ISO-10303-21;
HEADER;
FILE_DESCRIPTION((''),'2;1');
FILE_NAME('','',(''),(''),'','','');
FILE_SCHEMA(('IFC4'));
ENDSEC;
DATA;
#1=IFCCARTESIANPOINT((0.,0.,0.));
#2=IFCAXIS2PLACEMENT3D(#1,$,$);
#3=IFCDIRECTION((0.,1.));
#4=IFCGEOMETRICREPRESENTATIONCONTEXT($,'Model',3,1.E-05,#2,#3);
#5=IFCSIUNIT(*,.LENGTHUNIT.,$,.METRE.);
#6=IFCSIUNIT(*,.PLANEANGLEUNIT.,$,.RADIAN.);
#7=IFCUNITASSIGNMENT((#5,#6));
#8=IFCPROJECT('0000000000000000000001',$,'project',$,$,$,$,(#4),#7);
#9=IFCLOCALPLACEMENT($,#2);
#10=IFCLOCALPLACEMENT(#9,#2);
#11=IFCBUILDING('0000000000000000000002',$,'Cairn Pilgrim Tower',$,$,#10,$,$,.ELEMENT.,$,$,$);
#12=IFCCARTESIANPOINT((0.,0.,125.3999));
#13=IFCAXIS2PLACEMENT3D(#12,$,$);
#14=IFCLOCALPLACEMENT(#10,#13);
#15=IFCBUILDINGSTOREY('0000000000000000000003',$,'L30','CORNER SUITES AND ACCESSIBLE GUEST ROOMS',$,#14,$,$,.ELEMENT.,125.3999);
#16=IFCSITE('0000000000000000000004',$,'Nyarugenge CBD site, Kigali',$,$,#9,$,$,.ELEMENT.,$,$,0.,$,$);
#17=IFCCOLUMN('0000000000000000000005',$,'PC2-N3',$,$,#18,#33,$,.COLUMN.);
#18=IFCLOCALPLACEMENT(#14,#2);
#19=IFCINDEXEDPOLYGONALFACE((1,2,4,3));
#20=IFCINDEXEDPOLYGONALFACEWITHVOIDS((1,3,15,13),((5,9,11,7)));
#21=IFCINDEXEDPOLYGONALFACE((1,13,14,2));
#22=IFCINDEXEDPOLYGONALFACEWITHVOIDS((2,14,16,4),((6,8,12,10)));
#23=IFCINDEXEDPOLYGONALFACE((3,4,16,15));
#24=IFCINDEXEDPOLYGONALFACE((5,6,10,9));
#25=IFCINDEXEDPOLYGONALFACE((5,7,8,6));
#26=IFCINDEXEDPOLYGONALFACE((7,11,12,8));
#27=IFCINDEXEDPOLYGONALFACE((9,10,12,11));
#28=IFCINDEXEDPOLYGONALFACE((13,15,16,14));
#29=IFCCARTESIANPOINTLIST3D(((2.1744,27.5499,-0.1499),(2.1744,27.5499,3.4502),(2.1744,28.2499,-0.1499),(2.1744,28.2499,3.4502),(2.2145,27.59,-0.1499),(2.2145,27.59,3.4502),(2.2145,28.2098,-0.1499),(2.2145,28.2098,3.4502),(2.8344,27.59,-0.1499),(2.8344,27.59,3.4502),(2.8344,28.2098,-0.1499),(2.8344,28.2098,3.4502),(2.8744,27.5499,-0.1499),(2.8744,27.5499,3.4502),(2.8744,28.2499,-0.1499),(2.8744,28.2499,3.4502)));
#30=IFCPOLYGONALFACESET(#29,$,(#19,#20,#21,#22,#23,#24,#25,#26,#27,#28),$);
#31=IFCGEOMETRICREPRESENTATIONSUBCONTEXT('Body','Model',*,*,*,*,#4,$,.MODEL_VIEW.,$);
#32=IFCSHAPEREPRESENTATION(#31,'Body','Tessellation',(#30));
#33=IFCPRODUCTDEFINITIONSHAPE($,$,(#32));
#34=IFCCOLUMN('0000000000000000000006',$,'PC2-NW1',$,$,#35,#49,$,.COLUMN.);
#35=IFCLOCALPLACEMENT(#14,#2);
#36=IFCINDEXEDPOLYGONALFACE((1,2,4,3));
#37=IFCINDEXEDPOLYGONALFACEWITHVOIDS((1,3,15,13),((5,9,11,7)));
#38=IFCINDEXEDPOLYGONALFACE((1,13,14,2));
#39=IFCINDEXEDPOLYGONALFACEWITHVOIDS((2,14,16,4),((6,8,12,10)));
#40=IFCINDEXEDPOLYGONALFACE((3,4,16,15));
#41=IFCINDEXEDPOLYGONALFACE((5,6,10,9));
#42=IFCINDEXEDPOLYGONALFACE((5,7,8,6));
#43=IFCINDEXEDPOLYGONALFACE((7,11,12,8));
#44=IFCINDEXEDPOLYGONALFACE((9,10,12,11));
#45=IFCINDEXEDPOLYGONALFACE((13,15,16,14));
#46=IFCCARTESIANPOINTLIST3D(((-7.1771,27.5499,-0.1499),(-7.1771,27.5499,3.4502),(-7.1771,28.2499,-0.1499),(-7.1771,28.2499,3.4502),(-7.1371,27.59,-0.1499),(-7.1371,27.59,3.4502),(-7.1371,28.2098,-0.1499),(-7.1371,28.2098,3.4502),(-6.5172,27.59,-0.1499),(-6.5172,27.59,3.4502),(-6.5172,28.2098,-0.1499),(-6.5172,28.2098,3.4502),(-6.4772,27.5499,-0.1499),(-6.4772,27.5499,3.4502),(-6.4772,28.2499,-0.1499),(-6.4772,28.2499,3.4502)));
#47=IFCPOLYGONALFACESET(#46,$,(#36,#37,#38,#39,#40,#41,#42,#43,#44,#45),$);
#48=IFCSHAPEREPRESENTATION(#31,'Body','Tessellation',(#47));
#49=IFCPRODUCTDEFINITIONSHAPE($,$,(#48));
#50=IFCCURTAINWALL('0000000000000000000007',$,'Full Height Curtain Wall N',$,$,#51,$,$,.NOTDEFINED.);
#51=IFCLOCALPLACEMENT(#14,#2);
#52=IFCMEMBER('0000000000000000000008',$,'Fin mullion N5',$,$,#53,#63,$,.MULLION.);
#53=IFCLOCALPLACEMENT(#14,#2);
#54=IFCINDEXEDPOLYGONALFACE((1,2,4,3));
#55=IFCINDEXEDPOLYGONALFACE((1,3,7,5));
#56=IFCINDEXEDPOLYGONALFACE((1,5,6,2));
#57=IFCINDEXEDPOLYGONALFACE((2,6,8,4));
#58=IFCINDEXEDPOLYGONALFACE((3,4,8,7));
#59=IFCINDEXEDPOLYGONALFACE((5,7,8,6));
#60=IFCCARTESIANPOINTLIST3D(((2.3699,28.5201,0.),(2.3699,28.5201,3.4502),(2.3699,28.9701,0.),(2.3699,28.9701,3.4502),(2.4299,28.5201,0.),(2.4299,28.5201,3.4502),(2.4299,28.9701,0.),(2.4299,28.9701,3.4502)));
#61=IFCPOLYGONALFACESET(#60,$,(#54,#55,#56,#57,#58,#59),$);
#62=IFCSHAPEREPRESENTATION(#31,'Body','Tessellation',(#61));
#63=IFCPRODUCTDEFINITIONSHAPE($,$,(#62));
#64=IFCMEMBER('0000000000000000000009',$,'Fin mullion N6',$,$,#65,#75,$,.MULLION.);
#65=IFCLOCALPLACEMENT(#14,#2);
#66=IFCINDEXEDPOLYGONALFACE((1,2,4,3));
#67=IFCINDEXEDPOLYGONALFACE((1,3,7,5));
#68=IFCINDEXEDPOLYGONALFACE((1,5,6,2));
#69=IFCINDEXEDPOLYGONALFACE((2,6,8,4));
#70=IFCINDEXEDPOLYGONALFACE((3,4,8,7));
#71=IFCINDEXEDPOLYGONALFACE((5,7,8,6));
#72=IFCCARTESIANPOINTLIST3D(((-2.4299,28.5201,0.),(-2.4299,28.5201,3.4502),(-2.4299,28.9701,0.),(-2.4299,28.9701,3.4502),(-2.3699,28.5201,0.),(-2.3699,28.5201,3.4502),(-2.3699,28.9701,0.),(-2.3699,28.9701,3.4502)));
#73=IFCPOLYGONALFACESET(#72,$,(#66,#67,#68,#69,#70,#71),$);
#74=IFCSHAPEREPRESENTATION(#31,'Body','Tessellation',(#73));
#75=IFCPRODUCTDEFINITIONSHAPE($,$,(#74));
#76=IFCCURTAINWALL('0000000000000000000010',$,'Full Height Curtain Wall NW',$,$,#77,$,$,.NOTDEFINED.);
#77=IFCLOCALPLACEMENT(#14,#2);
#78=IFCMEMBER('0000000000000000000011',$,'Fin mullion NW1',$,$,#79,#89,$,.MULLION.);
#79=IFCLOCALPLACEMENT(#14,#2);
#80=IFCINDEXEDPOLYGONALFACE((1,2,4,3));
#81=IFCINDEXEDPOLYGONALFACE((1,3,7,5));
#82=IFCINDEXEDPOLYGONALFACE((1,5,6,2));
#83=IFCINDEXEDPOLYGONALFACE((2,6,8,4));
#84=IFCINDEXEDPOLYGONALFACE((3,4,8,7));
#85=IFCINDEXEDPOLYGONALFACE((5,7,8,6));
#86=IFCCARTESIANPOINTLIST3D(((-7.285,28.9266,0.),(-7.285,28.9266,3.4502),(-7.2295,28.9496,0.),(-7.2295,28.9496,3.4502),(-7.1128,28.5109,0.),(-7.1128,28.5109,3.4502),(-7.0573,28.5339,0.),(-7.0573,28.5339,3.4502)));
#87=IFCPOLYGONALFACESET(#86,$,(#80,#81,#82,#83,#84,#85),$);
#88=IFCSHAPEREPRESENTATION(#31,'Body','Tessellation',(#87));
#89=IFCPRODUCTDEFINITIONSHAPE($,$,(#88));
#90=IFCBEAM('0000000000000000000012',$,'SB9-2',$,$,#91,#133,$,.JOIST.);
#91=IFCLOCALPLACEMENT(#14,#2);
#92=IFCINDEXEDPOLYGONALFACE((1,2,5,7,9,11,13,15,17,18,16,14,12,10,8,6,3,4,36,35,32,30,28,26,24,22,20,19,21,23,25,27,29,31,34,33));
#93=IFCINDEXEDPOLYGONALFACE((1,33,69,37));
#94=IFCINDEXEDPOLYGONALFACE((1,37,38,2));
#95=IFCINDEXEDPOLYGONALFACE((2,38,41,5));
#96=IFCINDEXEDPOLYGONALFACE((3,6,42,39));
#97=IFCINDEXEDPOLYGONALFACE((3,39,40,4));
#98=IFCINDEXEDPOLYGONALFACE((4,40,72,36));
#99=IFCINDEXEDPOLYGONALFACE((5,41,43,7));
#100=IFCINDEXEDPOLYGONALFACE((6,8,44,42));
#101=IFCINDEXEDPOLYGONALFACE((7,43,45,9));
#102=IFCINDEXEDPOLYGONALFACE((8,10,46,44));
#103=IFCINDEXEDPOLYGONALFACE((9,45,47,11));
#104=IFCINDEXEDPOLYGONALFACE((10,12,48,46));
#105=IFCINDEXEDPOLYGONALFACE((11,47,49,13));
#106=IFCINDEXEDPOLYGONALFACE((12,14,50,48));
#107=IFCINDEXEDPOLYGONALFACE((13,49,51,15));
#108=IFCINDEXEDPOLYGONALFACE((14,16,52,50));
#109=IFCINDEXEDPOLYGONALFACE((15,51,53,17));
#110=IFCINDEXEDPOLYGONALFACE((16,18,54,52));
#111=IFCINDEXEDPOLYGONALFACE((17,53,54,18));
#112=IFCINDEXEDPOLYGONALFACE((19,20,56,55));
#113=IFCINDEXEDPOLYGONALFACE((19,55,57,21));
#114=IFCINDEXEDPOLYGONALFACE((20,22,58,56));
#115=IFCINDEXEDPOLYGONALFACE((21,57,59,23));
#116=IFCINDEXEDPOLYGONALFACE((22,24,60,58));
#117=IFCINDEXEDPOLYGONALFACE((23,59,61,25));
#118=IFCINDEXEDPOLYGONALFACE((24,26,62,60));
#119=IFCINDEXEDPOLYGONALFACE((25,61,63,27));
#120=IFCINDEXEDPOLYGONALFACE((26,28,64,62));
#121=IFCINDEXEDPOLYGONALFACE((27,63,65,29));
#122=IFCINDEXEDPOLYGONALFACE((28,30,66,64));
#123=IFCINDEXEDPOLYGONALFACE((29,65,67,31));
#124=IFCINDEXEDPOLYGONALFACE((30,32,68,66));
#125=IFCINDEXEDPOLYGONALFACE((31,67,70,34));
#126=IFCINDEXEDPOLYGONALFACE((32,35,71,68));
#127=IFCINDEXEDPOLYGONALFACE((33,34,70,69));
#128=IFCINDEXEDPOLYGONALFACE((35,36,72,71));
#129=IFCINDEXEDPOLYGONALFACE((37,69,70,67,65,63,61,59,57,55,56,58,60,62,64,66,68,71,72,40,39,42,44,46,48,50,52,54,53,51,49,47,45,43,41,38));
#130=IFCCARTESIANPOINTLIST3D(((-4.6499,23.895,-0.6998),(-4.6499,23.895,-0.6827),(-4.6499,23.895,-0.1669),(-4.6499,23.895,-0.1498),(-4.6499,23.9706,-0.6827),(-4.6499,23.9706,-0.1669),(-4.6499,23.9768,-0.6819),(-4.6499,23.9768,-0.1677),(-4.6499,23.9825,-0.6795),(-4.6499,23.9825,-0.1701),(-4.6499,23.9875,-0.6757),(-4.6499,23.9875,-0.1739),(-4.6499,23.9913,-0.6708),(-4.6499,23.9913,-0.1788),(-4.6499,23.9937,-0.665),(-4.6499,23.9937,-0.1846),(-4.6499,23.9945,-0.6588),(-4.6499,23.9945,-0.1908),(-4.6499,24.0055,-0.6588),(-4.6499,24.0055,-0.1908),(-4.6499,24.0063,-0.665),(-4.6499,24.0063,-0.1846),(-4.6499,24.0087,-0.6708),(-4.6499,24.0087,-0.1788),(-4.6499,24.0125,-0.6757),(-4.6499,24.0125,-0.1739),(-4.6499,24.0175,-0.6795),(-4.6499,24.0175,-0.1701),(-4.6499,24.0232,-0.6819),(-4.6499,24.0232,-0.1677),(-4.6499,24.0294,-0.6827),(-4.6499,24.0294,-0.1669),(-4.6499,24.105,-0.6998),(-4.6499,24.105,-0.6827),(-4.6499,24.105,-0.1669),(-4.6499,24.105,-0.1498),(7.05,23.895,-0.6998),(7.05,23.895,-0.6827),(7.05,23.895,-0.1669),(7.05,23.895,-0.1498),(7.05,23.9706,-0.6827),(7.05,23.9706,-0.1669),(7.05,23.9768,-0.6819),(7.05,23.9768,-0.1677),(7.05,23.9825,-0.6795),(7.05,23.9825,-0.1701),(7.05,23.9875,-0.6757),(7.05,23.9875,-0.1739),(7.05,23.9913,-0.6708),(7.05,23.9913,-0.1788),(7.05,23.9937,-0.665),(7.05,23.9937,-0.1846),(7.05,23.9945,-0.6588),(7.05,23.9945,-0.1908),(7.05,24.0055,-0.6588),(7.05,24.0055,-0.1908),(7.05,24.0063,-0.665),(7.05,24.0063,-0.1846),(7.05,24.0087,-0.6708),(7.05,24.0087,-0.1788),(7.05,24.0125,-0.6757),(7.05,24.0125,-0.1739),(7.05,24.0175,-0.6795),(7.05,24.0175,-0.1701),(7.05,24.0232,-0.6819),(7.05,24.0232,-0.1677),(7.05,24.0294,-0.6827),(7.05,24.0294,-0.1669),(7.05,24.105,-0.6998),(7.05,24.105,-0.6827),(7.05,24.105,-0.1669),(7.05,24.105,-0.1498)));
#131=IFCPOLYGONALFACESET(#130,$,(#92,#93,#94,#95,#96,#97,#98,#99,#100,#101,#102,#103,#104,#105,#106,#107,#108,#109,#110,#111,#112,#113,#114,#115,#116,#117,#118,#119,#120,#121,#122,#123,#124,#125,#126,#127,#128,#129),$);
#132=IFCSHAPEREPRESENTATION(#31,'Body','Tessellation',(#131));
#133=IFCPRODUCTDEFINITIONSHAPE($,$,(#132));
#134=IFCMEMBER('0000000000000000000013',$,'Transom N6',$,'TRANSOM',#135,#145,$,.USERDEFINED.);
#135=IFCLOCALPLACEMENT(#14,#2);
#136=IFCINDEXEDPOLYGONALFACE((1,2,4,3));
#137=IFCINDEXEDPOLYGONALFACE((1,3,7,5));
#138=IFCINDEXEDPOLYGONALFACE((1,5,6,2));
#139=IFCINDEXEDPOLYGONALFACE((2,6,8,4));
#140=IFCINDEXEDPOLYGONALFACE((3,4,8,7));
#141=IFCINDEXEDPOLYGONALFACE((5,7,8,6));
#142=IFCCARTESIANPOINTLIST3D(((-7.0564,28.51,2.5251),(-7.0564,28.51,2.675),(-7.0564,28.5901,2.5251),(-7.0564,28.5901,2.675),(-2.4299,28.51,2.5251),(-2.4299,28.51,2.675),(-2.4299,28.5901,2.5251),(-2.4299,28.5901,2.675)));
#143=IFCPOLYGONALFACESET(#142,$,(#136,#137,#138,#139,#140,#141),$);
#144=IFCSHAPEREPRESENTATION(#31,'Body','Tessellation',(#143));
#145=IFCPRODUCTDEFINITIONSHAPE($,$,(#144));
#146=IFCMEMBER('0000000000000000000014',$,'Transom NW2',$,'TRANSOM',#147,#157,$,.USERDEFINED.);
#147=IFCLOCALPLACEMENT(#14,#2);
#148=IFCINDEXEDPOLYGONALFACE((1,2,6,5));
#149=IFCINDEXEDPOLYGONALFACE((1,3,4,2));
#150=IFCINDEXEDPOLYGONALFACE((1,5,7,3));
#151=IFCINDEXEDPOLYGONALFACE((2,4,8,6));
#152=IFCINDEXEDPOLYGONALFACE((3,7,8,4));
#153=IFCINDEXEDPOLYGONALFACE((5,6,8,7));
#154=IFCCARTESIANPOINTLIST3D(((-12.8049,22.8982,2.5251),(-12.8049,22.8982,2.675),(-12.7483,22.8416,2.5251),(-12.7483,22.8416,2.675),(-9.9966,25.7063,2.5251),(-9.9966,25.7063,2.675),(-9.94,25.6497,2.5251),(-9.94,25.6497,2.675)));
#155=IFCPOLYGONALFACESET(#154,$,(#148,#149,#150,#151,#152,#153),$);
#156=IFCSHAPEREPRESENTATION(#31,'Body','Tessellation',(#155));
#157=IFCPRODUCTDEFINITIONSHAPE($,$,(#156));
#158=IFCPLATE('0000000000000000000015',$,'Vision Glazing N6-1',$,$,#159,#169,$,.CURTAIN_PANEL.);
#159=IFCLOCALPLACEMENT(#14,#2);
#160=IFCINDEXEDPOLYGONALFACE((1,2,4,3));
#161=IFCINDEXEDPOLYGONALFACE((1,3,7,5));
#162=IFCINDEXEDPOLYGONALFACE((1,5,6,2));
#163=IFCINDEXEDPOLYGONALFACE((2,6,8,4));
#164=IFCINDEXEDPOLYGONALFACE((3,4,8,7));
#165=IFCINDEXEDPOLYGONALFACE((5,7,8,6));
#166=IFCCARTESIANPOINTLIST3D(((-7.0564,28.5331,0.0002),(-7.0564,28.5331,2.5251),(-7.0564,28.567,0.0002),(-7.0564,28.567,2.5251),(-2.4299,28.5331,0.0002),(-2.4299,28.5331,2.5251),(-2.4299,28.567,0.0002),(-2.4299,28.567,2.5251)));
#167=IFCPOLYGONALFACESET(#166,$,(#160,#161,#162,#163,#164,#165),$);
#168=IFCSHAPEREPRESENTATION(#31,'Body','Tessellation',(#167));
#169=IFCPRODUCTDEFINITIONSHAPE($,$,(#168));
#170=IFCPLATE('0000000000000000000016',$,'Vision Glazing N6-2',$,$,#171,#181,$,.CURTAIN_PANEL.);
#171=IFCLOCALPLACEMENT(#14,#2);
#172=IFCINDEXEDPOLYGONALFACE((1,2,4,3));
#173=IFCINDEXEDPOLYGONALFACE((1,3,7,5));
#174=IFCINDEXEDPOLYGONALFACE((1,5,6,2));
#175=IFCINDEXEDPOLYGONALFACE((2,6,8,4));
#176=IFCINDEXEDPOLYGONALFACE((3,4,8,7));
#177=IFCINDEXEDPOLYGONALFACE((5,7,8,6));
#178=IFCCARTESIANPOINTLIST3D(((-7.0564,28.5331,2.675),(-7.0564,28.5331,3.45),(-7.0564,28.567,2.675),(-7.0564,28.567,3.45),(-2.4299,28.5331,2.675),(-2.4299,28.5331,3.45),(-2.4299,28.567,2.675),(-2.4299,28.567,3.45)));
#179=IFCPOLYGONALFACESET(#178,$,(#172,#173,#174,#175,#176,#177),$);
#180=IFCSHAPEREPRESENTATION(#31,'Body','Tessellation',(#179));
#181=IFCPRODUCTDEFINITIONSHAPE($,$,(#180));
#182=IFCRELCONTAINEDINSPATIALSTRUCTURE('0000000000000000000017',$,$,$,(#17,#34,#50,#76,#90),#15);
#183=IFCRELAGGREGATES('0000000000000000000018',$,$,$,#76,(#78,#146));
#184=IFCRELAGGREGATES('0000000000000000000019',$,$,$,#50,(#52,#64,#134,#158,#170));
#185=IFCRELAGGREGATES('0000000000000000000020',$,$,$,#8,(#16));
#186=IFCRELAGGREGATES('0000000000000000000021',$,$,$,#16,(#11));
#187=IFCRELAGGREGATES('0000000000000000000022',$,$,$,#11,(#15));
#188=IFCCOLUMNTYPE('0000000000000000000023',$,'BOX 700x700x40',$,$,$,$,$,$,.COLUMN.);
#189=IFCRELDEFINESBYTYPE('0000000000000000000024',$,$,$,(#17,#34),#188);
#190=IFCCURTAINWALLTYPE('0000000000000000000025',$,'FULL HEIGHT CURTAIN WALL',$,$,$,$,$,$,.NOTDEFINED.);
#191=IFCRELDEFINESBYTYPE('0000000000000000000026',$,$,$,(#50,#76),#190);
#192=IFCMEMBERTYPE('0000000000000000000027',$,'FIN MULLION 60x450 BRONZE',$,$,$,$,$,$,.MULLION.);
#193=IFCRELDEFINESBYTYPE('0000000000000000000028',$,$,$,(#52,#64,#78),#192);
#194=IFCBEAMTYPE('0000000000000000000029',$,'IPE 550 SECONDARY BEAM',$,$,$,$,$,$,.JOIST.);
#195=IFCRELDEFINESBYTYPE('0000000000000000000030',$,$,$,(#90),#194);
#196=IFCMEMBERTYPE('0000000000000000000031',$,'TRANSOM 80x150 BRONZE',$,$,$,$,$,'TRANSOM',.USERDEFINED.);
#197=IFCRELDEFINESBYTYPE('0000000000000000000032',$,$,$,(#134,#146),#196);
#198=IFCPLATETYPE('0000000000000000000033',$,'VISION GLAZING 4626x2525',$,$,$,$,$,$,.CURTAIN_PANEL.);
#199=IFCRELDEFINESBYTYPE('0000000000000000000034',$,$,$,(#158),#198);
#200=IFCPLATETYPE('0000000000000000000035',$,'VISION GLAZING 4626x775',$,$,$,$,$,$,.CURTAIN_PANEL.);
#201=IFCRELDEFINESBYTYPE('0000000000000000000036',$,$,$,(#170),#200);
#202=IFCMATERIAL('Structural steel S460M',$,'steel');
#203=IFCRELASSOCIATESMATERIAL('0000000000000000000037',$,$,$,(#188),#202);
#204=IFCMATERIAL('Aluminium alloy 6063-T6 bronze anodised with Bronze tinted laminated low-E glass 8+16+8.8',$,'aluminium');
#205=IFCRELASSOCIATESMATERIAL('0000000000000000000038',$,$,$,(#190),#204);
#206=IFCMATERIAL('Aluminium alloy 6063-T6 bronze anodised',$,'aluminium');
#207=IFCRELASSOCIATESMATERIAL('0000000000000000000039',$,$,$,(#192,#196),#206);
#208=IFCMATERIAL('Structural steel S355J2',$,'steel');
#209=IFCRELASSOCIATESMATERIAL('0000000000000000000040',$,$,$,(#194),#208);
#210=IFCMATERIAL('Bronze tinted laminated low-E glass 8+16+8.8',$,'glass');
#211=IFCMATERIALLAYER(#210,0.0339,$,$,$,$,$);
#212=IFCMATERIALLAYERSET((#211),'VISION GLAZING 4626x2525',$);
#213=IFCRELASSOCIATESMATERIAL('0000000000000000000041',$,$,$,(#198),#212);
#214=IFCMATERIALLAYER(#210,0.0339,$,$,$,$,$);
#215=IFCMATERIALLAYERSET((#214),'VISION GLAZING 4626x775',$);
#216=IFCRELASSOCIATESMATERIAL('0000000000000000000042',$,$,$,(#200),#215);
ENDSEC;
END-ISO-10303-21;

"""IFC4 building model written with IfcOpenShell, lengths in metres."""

from ifc_helpers import new_model, si_unit, direction, frame, origin, origin_2d, place, context, subcontext, project, spatial, rectangle, hollow_rectangle, i_section, extrude, material, layer, layer_set, material_profile, profile_set, type_object, element, aggregate, save


model = new_model("IFC4")

# Units and contexts
model_context = context("Model", 3, precision=1e-05, world=origin(), true_north=direction((0.0, 1.0)))
body_context = subcontext(model_context, "Body", "Model", "MODEL_VIEW")
ifc_project = project(units=[si_unit("LENGTHUNIT", "METRE"), si_unit("PLANEANGLEUNIT", "RADIAN")], contexts=[model_context])

# Site, building, storey
site_placement = place(None, origin())
site = spatial("IfcSite", under=ifc_project, at=site_placement, Name="Nyarugenge CBD site, Kigali", CompositionType="ELEMENT", RefElevation=0.0)
building_placement = place(site_placement, origin())
building = spatial("IfcBuilding", under=site, at=building_placement, Name="Cairn Pilgrim Tower", CompositionType="ELEMENT")
storey_placement = place(building_placement, frame((0.0, 0.0, 125.3999)))
storey = spatial("IfcBuildingStorey", under=building, at=storey_placement, Name="L30", Description="CORNER SUITES AND ACCESSIBLE GUEST ROOMS", CompositionType="ELEMENT", Elevation=125.3999)

# Columns
ifc_material_1 = material(Name="Structural steel S460M", Category="steel")
ifc_material_profile_1 = material_profile(ifc_material_1, hollow_rectangle(XDim=0.7, YDim=0.7, WallThickness=0.04, at=origin_2d()), Name="BOX 700x700x40")
ifc_profile_set_1 = profile_set([ifc_material_profile_1], Name="Structural steel S460M")
column_type = type_object("IfcColumnType", Name="BOX 700x700x40", PredefinedType="COLUMN", material=ifc_profile_set_1)
for number, where, z_axis, x_axis, name in (
    (1, (2.5244, 27.8999, -0.1499), (0.0, 0.0, 1.0), (1.0, 0.0, 0.0), "PC2-N3"),
    (2, (-6.8271, 27.8999, -0.1499), (0.0, 0.0, 1.0), (1.0, 0.0, 0.0), "PC2-NW1"),
):
    element("IfcColumn", number, at=place(storey_placement, frame(where, z_axis=z_axis, x_axis=x_axis)), inside=storey, type_object=column_type, Name=name, PredefinedType="COLUMN", context=body_context, shape_type="SweptSolid", body=[
        extrude(hollow_rectangle(XDim=0.7, YDim=0.7, WallThickness=0.04, at=origin_2d()), origin(), (0.0, 0.0, 1.0), 3.6001),
    ])

# Curtain wall, members
ifc_material_2 = material(Name="Aluminium alloy 6063-T6 bronze anodised with Bronze tinted laminated low-E glass 8+16+8.8", Category="aluminium")
curtain_wall_type = type_object("IfcCurtainWallType", Name="FULL HEIGHT CURTAIN WALL", PredefinedType="NOTDEFINED", material=ifc_material_2)
curtain_wall_1_placement = place(storey_placement, origin())
curtain_wall_1 = element("IfcCurtainWall", 3, at=curtain_wall_1_placement, inside=storey, type_object=curtain_wall_type, Name="Full Height Curtain Wall N", PredefinedType="NOTDEFINED")
ifc_material_3 = material(Name="Aluminium alloy 6063-T6 bronze anodised", Category="aluminium")
ifc_material_profile_2 = material_profile(ifc_material_3, rectangle(XDim=0.45, YDim=0.0601, at=origin_2d()), Name="FIN MULLION 60x450 BRONZE")
ifc_profile_set_2 = profile_set([ifc_material_profile_2], Name="Aluminium alloy 6063-T6 bronze anodised")
member_type_1 = type_object("IfcMemberType", Name="FIN MULLION 60x450 BRONZE", PredefinedType="MULLION", material=ifc_profile_set_2)
member_1_placement = place(storey_placement, frame((2.3999, 28.7451, 0.0), z_axis=(0.0, 0.0, 1.0), x_axis=(0.0, 1.0, 0.0)))
member_1 = element("IfcMember", 4, at=member_1_placement, type_object=member_type_1, Name="Fin mullion N5", PredefinedType="MULLION", context=body_context, shape_type="SweptSolid", body=[
    extrude(rectangle(XDim=0.45, YDim=0.0601, at=origin_2d()), origin(), (0.0, 0.0, 1.0), 3.4502),
])
member_2_placement = place(storey_placement, frame((-2.3999, 28.7451, 0.0), z_axis=(0.0, 0.0, 1.0), x_axis=(0.0, 1.0, 0.0)))
member_2 = element("IfcMember", 5, at=member_2_placement, type_object=member_type_1, Name="Fin mullion N6", PredefinedType="MULLION", context=body_context, shape_type="SweptSolid", body=[
    extrude(rectangle(XDim=0.45, YDim=0.0601, at=origin_2d()), origin(), (0.0, 0.0, 1.0), 3.4502),
])

# Curtain wall, member
curtain_wall_2_placement = place(storey_placement, origin())
curtain_wall_2 = element("IfcCurtainWall", 6, at=curtain_wall_2_placement, inside=storey, type_object=curtain_wall_type, Name="Full Height Curtain Wall NW", PredefinedType="NOTDEFINED")
member_3_placement = place(storey_placement, frame((-7.1711, 28.7302, 0.0), z_axis=(0.0, 0.0, 1.0), x_axis=(-0.382683, 0.92388, 0.0)))
member_3 = element("IfcMember", 7, at=member_3_placement, type_object=member_type_1, Name="Fin mullion NW1", PredefinedType="MULLION", context=body_context, shape_type="SweptSolid", body=[
    extrude(rectangle(XDim=0.45, YDim=0.0601, at=origin_2d()), origin(), (0.0, 0.0, 1.0), 3.4502),
])

# Beam
ifc_material_4 = material(Name="Structural steel S355J2", Category="steel")
ifc_material_profile_3 = material_profile(ifc_material_4, i_section(OverallWidth=0.21, OverallDepth=0.55, WebThickness=0.011, FlangeThickness=0.0171, FilletRadius=0.0239, at=origin_2d()), Name="IPE 550")
ifc_profile_set_3 = profile_set([ifc_material_profile_3], Name="Structural steel S355J2")
beam_type = type_object("IfcBeamType", Name="IPE 550 SECONDARY BEAM", PredefinedType="JOIST", material=ifc_profile_set_3)
beam_placement = place(storey_placement, frame((-4.6499, 24.0, -0.4248), z_axis=(1.0, 0.0, 0.0), x_axis=(0.0, 1.0, 0.0)))
element("IfcBeam", 8, at=beam_placement, inside=storey, type_object=beam_type, Name="SB9-2", PredefinedType="JOIST", context=body_context, shape_type="SweptSolid", body=[
    extrude(i_section(OverallWidth=0.21, OverallDepth=0.55, WebThickness=0.011, FlangeThickness=0.0171, FilletRadius=0.0239, at=origin_2d()), origin(), (0.0, 0.0, 1.0), 11.7),
])

# Members
ifc_material_profile_4 = material_profile(ifc_material_3, rectangle(XDim=0.0801, YDim=0.1499, at=origin_2d()), Name="TRANSOM 80x150 BRONZE")
ifc_profile_set_4 = profile_set([ifc_material_profile_4], Name="Aluminium alloy 6063-T6 bronze anodised")
member_type_2 = type_object("IfcMemberType", Name="TRANSOM 80x150 BRONZE", ElementType="TRANSOM", PredefinedType="USERDEFINED", material=ifc_profile_set_4)
member_4_placement = place(storey_placement, frame((-2.4299, 28.55, 2.6001), z_axis=(-1.0, 0.0, 0.0), x_axis=(0.0, -1.0, 0.0)))
member_4 = element("IfcMember", 9, at=member_4_placement, type_object=member_type_2, Name="Transom N6", ObjectType="TRANSOM", PredefinedType="USERDEFINED", context=body_context, shape_type="SweptSolid", body=[
    extrude(rectangle(XDim=0.0801, YDim=0.1499, at=origin_2d()), origin(), (0.0, 0.0, 1.0), 4.6265),
])
member_5_placement = place(storey_placement, frame((-9.9683, 25.678, 2.6001), z_axis=(-0.707138, -0.707076, 0.0), x_axis=(0.707076, -0.707138, 0.0)))
member_5 = element("IfcMember", 10, at=member_5_placement, type_object=member_type_2, Name="Transom NW2", ObjectType="TRANSOM", PredefinedType="USERDEFINED", context=body_context, shape_type="SweptSolid", body=[
    extrude(rectangle(XDim=0.0801, YDim=0.1499, at=origin_2d()), origin(), (0.0, 0.0, 1.0), 3.9714),
])
aggregate(curtain_wall_2, [member_3, member_5])

# Plates
ifc_material_5 = material(Name="Bronze tinted laminated low-E glass 8+16+8.8", Category="glass")
ifc_layer_1 = layer(ifc_material_5, 0.0339)
ifc_layer_set_1 = layer_set([ifc_layer_1], Name="VISION GLAZING 4626x2525")
plate_type_1 = type_object("IfcPlateType", Name="VISION GLAZING 4626x2525", PredefinedType="CURTAIN_PANEL", material=ifc_layer_set_1)
plate_1_placement = place(storey_placement, frame((-4.7432, 28.55, 0.0002), z_axis=(0.0, 0.0, 1.0), x_axis=(-1.0, 0.0, 0.0)))
plate_1 = element("IfcPlate", 11, at=plate_1_placement, type_object=plate_type_1, Name="Vision Glazing N6-1", PredefinedType="CURTAIN_PANEL", context=body_context, shape_type="SweptSolid", body=[
    extrude(rectangle(XDim=4.6265, YDim=0.0339, at=origin_2d()), origin(), (0.0, 0.0, 1.0), 2.5249),
])
ifc_layer_2 = layer(ifc_material_5, 0.0339)
ifc_layer_set_2 = layer_set([ifc_layer_2], Name="VISION GLAZING 4626x775")
plate_type_2 = type_object("IfcPlateType", Name="VISION GLAZING 4626x775", PredefinedType="CURTAIN_PANEL", material=ifc_layer_set_2)
plate_2_placement = place(storey_placement, frame((-4.7432, 28.55, 2.675), z_axis=(0.0, 0.0, 1.0), x_axis=(-1.0, 0.0, 0.0)))
plate_2 = element("IfcPlate", 12, at=plate_2_placement, type_object=plate_type_2, Name="Vision Glazing N6-2", PredefinedType="CURTAIN_PANEL", context=body_context, shape_type="SweptSolid", body=[
    extrude(rectangle(XDim=4.6265, YDim=0.0339, at=origin_2d()), origin(), (0.0, 0.0, 1.0), 0.7749),
])
aggregate(curtain_wall_1, [member_1, member_2, member_4, plate_1, plate_2])

save(model, "model.ifc")
